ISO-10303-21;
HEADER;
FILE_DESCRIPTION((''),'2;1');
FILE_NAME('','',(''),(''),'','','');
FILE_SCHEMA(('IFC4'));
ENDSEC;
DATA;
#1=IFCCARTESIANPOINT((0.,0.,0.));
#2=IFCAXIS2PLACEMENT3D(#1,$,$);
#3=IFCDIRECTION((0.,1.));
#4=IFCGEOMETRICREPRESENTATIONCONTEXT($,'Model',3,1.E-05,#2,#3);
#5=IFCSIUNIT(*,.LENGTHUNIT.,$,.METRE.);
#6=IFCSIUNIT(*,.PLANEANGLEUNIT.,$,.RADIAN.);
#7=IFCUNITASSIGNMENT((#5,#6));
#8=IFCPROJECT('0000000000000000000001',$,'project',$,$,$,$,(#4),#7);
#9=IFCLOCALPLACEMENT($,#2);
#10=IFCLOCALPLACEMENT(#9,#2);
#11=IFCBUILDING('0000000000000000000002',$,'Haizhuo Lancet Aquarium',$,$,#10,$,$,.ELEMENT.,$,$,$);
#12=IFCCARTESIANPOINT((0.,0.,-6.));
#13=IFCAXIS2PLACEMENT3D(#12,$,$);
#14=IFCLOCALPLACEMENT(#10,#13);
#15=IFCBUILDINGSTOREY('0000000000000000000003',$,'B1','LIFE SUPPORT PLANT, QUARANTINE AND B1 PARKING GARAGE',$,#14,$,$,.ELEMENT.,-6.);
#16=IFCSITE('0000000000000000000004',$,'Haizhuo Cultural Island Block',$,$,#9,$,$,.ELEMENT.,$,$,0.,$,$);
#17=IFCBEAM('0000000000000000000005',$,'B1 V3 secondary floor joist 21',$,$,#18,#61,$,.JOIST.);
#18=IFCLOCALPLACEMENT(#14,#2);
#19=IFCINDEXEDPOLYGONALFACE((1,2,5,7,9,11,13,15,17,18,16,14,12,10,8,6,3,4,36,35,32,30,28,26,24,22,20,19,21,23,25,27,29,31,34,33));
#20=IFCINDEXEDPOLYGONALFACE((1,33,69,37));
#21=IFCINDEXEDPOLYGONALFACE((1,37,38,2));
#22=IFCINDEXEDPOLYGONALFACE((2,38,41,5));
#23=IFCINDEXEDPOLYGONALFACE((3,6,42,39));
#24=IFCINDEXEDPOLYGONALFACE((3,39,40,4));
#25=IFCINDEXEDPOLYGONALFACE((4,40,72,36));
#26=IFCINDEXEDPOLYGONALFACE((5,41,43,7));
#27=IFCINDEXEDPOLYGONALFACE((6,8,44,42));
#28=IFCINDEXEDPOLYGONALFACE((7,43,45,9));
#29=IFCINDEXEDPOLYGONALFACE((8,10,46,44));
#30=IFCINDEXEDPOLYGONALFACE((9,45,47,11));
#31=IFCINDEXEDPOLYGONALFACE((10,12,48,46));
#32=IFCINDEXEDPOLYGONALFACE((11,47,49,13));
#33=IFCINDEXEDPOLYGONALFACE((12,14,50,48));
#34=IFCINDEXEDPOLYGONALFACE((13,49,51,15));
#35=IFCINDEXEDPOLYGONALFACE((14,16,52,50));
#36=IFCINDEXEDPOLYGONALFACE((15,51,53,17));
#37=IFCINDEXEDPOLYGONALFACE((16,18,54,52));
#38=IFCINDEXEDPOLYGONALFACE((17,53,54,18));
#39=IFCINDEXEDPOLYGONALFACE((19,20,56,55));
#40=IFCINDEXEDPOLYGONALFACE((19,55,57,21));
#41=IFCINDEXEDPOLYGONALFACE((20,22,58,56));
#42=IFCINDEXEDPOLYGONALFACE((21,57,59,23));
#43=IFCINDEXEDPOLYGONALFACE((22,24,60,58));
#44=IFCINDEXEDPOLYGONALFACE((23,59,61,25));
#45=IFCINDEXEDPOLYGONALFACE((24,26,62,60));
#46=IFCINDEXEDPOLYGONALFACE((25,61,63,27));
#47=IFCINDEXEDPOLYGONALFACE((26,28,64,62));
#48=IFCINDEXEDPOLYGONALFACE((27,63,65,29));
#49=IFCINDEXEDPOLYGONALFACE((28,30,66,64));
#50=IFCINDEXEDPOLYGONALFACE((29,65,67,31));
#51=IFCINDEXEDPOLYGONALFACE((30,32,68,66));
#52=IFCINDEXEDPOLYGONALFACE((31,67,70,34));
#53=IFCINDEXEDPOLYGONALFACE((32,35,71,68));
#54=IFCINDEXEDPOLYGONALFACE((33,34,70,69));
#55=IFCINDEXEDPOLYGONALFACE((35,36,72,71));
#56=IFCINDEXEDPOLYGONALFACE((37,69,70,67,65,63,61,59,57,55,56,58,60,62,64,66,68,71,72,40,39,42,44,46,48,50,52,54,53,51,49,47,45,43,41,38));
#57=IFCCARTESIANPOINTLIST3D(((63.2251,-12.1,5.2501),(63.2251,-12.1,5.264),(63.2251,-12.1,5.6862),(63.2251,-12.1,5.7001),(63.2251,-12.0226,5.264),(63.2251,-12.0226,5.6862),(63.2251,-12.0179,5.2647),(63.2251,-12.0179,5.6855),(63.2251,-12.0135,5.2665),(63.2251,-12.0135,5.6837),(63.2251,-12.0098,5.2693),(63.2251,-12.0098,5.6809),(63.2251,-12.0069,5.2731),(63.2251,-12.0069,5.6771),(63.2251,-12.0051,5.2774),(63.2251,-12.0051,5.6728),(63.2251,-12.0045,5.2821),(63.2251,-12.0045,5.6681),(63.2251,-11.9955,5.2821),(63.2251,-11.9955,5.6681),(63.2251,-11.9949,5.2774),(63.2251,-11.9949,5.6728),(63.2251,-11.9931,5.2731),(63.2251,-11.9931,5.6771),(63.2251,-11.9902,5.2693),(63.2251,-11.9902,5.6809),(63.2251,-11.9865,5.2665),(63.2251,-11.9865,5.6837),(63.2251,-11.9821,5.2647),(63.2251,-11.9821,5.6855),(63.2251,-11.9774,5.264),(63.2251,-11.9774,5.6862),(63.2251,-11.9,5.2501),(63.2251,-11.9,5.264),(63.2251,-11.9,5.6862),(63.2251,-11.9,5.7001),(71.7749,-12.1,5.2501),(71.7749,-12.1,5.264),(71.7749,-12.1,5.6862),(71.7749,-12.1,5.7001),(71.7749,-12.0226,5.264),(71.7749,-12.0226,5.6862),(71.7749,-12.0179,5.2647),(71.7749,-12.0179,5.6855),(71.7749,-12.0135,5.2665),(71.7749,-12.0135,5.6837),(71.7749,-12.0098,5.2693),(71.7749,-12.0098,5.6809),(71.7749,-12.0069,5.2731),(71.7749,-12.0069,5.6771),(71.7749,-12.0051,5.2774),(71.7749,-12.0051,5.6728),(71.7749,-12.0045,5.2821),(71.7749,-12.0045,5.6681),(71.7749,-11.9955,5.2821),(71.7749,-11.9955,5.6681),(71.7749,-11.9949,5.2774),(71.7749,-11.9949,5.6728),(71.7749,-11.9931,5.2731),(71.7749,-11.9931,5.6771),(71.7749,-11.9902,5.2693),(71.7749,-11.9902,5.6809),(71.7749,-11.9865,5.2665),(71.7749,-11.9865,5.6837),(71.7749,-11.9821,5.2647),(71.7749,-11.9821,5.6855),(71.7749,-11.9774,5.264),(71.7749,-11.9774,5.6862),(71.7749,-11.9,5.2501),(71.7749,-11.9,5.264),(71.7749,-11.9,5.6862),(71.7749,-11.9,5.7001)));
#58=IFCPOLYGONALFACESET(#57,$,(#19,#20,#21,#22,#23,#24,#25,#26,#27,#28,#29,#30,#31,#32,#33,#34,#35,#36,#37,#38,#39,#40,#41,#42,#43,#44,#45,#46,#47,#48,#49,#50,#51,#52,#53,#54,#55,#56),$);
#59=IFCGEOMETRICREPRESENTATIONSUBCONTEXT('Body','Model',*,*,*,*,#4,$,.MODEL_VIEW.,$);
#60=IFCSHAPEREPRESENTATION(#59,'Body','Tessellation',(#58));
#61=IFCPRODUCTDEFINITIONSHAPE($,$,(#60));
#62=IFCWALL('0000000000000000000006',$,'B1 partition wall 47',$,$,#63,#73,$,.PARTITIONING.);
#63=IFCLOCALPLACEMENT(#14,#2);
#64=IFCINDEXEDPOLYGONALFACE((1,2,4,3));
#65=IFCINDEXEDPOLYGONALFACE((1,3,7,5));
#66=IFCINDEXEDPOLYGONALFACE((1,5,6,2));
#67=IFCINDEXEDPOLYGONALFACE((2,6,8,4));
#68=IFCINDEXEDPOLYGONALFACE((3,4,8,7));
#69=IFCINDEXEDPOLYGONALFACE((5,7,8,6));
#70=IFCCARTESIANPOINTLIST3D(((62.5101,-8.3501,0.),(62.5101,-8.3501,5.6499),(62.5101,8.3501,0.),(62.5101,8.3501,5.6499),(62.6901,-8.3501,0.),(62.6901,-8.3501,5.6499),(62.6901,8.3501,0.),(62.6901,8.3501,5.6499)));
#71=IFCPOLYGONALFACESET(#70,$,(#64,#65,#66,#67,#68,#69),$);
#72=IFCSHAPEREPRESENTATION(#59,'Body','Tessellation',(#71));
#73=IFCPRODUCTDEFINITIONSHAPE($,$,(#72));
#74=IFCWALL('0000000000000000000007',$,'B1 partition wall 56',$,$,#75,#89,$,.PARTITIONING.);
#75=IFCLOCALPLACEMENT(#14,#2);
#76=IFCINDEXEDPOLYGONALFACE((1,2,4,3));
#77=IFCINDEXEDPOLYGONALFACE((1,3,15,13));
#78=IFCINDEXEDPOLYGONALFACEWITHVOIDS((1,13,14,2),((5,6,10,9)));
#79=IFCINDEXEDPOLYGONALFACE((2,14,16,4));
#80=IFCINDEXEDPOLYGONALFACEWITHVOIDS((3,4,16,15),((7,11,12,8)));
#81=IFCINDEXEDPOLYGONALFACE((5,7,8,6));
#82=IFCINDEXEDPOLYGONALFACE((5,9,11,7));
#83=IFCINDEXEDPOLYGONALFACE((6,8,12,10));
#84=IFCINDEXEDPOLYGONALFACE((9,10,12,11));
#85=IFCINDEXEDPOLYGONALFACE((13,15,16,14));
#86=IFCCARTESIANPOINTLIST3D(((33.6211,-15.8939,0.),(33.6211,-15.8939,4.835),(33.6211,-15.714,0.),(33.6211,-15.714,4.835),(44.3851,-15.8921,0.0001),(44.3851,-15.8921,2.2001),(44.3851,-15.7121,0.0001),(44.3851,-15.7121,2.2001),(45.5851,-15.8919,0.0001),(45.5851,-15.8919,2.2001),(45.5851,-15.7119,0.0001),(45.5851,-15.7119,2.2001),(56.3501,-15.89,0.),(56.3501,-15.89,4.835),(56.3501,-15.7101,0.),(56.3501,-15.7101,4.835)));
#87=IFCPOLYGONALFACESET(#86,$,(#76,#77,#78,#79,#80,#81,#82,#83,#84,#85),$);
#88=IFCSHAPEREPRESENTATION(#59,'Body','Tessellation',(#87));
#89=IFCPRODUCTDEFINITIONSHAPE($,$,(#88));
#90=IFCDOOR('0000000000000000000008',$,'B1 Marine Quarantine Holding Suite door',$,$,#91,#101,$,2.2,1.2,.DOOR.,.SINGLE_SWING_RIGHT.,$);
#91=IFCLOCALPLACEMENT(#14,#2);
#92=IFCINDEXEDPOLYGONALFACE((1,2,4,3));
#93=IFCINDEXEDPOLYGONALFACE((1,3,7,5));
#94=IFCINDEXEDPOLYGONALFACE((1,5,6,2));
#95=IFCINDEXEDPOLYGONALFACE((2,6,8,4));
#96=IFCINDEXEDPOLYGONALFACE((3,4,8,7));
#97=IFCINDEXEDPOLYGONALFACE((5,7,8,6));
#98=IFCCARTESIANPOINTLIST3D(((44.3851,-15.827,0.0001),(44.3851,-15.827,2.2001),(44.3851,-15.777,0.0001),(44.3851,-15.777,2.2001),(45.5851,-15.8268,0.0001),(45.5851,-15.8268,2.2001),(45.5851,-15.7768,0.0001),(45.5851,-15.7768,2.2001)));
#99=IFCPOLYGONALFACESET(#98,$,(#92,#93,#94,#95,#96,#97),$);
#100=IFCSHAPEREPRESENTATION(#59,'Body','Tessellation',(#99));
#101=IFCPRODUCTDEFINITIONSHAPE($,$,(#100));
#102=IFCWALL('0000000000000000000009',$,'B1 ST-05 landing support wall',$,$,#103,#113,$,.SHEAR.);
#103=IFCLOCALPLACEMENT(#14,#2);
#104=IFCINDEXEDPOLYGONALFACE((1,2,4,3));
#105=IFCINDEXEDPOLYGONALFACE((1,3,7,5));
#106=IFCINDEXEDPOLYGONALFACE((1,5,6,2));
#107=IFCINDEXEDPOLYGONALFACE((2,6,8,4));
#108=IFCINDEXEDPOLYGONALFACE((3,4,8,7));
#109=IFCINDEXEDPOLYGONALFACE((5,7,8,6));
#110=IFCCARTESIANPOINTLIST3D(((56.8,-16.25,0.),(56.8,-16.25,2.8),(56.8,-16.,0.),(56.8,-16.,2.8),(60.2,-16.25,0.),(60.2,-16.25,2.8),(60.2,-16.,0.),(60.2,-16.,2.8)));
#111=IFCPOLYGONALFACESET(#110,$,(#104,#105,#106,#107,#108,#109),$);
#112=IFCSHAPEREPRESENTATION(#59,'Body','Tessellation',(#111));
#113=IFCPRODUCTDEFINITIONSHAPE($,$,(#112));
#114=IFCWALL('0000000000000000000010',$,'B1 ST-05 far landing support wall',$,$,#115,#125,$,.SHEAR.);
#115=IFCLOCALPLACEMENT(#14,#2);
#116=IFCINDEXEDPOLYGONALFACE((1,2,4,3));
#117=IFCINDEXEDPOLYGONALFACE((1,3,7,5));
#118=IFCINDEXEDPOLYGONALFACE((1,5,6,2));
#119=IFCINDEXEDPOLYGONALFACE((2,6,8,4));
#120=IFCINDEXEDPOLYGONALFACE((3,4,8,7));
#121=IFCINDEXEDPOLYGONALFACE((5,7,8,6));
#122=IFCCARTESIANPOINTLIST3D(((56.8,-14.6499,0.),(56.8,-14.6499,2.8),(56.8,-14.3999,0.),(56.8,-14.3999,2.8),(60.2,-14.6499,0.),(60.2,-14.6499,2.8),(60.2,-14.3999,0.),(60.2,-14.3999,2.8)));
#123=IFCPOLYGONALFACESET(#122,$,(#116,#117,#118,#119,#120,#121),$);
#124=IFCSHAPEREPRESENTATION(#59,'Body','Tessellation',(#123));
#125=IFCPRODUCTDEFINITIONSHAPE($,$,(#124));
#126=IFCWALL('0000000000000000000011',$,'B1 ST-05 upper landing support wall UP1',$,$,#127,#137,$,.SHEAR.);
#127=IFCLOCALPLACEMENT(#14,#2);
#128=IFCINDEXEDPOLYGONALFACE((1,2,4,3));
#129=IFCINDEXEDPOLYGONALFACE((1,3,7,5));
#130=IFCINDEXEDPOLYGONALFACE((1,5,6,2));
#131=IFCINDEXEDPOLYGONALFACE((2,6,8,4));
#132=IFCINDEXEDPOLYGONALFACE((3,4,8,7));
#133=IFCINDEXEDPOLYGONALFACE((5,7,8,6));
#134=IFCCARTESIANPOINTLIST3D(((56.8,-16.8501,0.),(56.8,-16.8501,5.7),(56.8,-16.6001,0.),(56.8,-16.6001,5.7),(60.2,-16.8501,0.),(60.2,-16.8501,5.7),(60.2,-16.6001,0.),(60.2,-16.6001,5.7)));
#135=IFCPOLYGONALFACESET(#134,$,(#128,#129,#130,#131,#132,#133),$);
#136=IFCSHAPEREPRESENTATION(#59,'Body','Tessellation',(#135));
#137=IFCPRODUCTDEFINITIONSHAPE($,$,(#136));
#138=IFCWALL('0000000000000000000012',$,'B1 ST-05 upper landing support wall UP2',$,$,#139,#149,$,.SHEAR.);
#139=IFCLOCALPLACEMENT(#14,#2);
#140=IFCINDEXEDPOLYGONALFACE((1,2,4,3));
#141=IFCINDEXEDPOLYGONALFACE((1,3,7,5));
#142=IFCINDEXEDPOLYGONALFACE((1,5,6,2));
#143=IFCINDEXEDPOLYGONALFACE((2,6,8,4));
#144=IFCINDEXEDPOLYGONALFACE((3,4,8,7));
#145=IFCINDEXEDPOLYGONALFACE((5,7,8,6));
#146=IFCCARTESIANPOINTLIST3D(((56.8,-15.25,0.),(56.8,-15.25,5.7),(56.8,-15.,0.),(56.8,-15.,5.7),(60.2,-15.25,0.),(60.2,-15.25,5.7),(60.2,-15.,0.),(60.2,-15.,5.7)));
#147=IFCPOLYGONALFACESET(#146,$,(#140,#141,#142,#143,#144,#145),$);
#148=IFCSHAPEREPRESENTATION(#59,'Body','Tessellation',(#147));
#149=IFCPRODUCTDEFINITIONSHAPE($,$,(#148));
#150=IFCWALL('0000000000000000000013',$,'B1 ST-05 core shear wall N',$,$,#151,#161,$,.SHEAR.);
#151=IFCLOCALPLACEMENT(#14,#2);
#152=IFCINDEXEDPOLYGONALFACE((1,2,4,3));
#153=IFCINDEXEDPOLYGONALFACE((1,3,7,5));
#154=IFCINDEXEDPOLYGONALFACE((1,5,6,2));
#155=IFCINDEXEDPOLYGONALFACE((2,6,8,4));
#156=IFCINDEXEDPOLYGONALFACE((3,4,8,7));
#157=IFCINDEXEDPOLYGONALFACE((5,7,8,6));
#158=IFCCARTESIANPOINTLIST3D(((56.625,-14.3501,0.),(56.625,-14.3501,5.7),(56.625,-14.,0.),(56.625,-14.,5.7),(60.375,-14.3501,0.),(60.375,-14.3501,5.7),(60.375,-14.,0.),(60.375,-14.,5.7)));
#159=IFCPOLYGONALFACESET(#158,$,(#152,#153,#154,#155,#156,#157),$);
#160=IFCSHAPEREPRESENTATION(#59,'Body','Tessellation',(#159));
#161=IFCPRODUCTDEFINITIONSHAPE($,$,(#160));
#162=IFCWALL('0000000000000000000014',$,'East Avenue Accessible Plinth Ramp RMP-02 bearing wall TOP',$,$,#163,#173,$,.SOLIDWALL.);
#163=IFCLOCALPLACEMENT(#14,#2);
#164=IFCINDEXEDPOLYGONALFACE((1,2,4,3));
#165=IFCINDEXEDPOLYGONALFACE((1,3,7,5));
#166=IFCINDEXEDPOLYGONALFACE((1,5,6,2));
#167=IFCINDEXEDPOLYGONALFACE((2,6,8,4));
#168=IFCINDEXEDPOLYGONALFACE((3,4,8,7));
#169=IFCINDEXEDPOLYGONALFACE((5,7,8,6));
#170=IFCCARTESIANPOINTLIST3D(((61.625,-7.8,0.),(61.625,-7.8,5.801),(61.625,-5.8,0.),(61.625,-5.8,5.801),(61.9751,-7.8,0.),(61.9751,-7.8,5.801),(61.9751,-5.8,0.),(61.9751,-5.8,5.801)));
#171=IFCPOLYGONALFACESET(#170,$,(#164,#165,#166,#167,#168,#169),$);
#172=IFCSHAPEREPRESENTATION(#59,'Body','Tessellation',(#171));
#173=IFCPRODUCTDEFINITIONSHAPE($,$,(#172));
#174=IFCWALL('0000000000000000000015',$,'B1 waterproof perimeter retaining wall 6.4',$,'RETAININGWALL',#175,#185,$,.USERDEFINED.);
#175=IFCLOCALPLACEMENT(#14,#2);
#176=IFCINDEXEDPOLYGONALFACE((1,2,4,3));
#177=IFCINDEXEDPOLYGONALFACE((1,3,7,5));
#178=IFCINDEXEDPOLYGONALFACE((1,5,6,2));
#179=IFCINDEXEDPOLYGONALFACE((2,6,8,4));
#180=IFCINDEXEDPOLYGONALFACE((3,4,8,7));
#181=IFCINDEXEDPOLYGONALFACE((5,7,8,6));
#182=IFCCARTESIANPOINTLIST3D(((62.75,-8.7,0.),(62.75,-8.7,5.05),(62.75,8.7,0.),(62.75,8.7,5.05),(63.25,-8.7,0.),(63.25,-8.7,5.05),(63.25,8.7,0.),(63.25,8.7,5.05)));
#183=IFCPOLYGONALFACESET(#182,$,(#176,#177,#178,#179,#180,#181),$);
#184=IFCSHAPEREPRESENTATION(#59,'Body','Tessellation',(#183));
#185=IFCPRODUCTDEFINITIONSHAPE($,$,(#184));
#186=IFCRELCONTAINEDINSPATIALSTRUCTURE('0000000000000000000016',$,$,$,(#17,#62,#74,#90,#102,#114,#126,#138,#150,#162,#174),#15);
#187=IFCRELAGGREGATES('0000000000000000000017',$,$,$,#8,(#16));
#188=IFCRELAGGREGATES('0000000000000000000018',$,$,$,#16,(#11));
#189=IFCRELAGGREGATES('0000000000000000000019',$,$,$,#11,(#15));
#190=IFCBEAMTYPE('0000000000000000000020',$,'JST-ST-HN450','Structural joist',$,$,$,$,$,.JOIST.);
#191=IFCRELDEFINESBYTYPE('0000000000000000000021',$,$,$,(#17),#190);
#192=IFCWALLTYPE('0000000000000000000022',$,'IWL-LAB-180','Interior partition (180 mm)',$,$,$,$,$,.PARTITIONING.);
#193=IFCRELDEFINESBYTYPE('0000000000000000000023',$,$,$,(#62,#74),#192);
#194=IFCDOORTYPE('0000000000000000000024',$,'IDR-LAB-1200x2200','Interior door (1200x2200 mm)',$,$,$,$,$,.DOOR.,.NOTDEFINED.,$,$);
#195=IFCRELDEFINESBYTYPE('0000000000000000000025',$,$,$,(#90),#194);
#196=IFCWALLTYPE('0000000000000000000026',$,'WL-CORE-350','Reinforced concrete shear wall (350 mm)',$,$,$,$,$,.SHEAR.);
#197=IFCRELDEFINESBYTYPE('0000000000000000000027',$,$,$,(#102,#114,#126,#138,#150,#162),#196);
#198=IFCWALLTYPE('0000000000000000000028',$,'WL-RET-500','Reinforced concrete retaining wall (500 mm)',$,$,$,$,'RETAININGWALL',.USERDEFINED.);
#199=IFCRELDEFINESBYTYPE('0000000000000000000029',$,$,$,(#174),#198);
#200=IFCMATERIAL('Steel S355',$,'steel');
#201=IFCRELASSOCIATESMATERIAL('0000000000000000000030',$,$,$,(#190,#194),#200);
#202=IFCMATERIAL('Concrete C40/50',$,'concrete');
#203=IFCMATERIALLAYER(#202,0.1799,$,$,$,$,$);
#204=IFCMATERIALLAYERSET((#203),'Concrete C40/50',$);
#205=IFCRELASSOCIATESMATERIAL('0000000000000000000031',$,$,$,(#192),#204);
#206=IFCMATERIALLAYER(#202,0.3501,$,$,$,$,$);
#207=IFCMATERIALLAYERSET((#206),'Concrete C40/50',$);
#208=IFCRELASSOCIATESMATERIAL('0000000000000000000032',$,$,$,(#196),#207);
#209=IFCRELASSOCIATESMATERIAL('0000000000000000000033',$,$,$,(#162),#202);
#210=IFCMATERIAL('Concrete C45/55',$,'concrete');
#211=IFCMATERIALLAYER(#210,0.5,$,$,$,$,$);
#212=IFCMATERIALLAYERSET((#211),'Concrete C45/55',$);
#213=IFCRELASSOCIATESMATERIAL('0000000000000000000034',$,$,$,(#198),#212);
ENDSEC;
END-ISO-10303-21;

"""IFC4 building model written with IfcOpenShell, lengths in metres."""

from ifc_helpers import new_model, si_unit, direction, frame, frame_2d, origin, origin_2d, place, context, subcontext, project, spatial, rectangle, i_section, extrude, material, layer, layer_set, material_profile, profile_set, type_object, element, fill, save


model = new_model("IFC4")

# Units and contexts
model_context = context("Model", 3, precision=1e-05, world=origin(), true_north=direction((0.0, 1.0)))
body_context = subcontext(model_context, "Body", "Model", "MODEL_VIEW")
ifc_project = project(units=[si_unit("LENGTHUNIT", "METRE"), si_unit("PLANEANGLEUNIT", "RADIAN")], contexts=[model_context])

# Site, building, storey
site_placement = place(None, origin())
site = spatial("IfcSite", under=ifc_project, at=site_placement, Name="Haizhuo Cultural Island Block", CompositionType="ELEMENT", RefElevation=0.0)
building_placement = place(site_placement, origin())
building = spatial("IfcBuilding", under=site, at=building_placement, Name="Haizhuo Lancet Aquarium", CompositionType="ELEMENT")
storey_placement = place(building_placement, frame((0.0, 0.0, -6.0)))
storey = spatial("IfcBuildingStorey", under=building, at=storey_placement, Name="B1", Description="LIFE SUPPORT PLANT, QUARANTINE AND B1 PARKING GARAGE", CompositionType="ELEMENT", Elevation=-6.0)

# Shared definitions
ifc_material_1 = material(Name="Concrete C40/50", Category="concrete")

# Beam
ifc_material_2 = material(Name="Steel S355", Category="steel")
ifc_material_profile_1 = material_profile(ifc_material_2, i_section(OverallWidth=0.2, OverallDepth=0.45, WebThickness=0.009, FlangeThickness=0.0139, FilletRadius=0.0181, at=origin_2d()), Name="HN 450x200x9x14")
ifc_profile_set_1 = profile_set([ifc_material_profile_1], Name="Steel S355")
beam_type_1 = type_object("IfcBeamType", Name="JST-ST-HN450", Description="Structural joist", PredefinedType="JOIST", material=ifc_profile_set_1)
beam_1_placement = place(storey_placement, frame((63.2251, -12.0, 5.4751), z_axis=(1.0, 0.0, 0.0), x_axis=(0.0, 1.0, 0.0)))
element("IfcBeam", 1, at=beam_1_placement, inside=storey, type_object=beam_type_1, Name="B1 V3 secondary floor joist 21", PredefinedType="JOIST", context=body_context, shape_type="SweptSolid", body=[
    extrude(i_section(OverallWidth=0.2, OverallDepth=0.45, WebThickness=0.009, FlangeThickness=0.0139, FilletRadius=0.0181, at=origin_2d()), origin(), (0.0, 0.0, 1.0), 8.5498),
])

# Wall
ifc_layer_1 = layer(ifc_material_1, 0.1799)
ifc_layer_set_1 = layer_set([ifc_layer_1], Name="Concrete C40/50")
wall_type_1 = type_object("IfcWallType", Name="IWL-LAB-180", Description="Interior partition (180 mm)", PredefinedType="PARTITIONING", material=ifc_layer_set_1)
wall_1_placement = place(storey_placement, frame((62.6001, -8.3501, 0.0), z_axis=(0.0, 0.0, 1.0), x_axis=(0.0, 1.0, 0.0)))
element("IfcWall", 2, at=wall_1_placement, inside=storey, type_object=wall_type_1, Name="B1 partition wall 47", PredefinedType="PARTITIONING", context=body_context, shape_type="SweptSolid", body=[
    extrude(rectangle(XDim=16.7002, YDim=0.1799, at=frame_2d((8.3501, 0.0))), origin(), (0.0, 0.0, 1.0), 5.6499),
])

# Wall, opening, door
wall_2_placement = place(storey_placement, frame((56.3501, -15.8, 0.0), z_axis=(0.0, 0.0, 1.0), x_axis=(-1.0, -0.000172, 0.0)))
wall_2 = element("IfcWall", 3, at=wall_2_placement, inside=storey, type_object=wall_type_1, Name="B1 partition wall 56", PredefinedType="PARTITIONING", context=body_context, shape_type="SweptSolid", body=[
    extrude(rectangle(XDim=22.729, YDim=0.1799, at=frame_2d((11.3645, 0.0))), origin(), (0.0, 0.0, 1.0), 4.835),
])
opening_placement = place(wall_2_placement, frame((10.7649, 0.0, 0.0)))
opening = element("IfcOpeningElement", 4, at=opening_placement, cuts=wall_2, PredefinedType="OPENING", context=body_context, shape_type="SweptSolid", body=[
    extrude(rectangle(XDim=1.2, YDim=2.2, at=frame_2d((0.6001, 1.1001))), frame((0.0, 0.0999, 0.0), z_axis=(0.0, -1.0, 0.0), x_axis=(1.0, 0.0, 0.0)), (0.0, 0.0, 1.0), 0.1999),
])
door_type = type_object("IfcDoorType", Name="IDR-LAB-1200x2200", Description="Interior door (1200x2200 mm)", OperationType="NOTDEFINED", PredefinedType="DOOR", material=ifc_material_2)
door_placement = place(opening_placement, origin())
door = element("IfcDoor", 5, at=door_placement, inside=storey, type_object=door_type, Name="B1 Marine Quarantine Holding Suite door", OperationType="SINGLE_SWING_RIGHT", OverallHeight=2.2, OverallWidth=1.2, PredefinedType="DOOR", context=body_context, shape_type="SweptSolid", body=[
    extrude(rectangle(XDim=1.2, YDim=2.2, at=frame_2d((0.6001, 1.1001))), frame((0.0, 0.0249, 0.0), z_axis=(0.0, -1.0, 0.0), x_axis=(1.0, 0.0, 0.0)), (0.0, 0.0, 1.0), 0.05),
])
fill(opening, door)

# Walls
ifc_layer_2 = layer(ifc_material_1, 0.3501)
ifc_layer_set_2 = layer_set([ifc_layer_2], Name="Concrete C40/50")
wall_type_2 = type_object("IfcWallType", Name="WL-CORE-350", Description="Reinforced concrete shear wall (350 mm)", PredefinedType="SHEAR", material=ifc_layer_set_2)
for number, where, z_axis, x_axis, name in (
    (6, (56.8, -16.125, 0.0), (0.0, 0.0, 1.0), (1.0, 0.0, 0.0), "B1 ST-05 landing support wall"),
    (7, (56.8, -14.5249, 0.0), (0.0, 0.0, 1.0), (1.0, 0.0, 0.0), "B1 ST-05 far landing support wall"),
):
    element("IfcWall", number, at=place(storey_placement, frame(where, z_axis=z_axis, x_axis=x_axis)), inside=storey, type_object=wall_type_2, Name=name, PredefinedType="SHEAR", context=body_context, shape_type="SweptSolid", body=[
        extrude(rectangle(XDim=3.3999, YDim=0.25, at=frame_2d((1.7, 0.0))), origin(), (0.0, 0.0, 1.0), 2.8),
    ])
for number, where, z_axis, x_axis, name in (
    (8, (56.8, -16.7251, 0.0), (0.0, 0.0, 1.0), (1.0, 0.0, 0.0), "B1 ST-05 upper landing support wall UP1"),
    (9, (56.8, -15.125, 0.0), (0.0, 0.0, 1.0), (1.0, 0.0, 0.0), "B1 ST-05 upper landing support wall UP2"),
):
    element("IfcWall", number, at=place(storey_placement, frame(where, z_axis=z_axis, x_axis=x_axis)), inside=storey, type_object=wall_type_2, Name=name, PredefinedType="SHEAR", context=body_context, shape_type="SweptSolid", body=[
        extrude(rectangle(XDim=3.3999, YDim=0.25, at=frame_2d((1.7, 0.0))), origin(), (0.0, 0.0, 1.0), 5.7),
    ])
wall_3_placement = place(storey_placement, frame((56.625, -14.175, 0.0), z_axis=(0.0, 0.0, 1.0), x_axis=(1.0, 0.0, 0.0)))
element("IfcWall", 10, at=wall_3_placement, inside=storey, type_object=wall_type_2, Name="B1 ST-05 core shear wall N", PredefinedType="SHEAR", context=body_context, shape_type="SweptSolid", body=[
    extrude(rectangle(XDim=3.75, YDim=0.3501, at=frame_2d((1.875, 0.0))), origin(), (0.0, 0.0, 1.0), 5.7),
])
wall_4_placement = place(storey_placement, frame((61.8, -7.8, 0.0), z_axis=(0.0, 0.0, 1.0), x_axis=(0.0, 1.0, 0.0)))
element("IfcWall", 11, at=wall_4_placement, inside=storey, type_object=wall_type_2, material=ifc_material_1, Name="East Avenue Accessible Plinth Ramp RMP-02 bearing wall TOP", PredefinedType="SOLIDWALL", context=body_context, shape_type="SweptSolid", body=[
    extrude(rectangle(XDim=2.0, YDim=0.3501, at=frame_2d((1.0, 0.0))), origin(), (0.0, 0.0, 1.0), 5.801),
])
ifc_material_3 = material(Name="Concrete C45/55", Category="concrete")
ifc_layer_3 = layer(ifc_material_3, 0.5)
ifc_layer_set_3 = layer_set([ifc_layer_3], Name="Concrete C45/55")
wall_type_3 = type_object("IfcWallType", Name="WL-RET-500", Description="Reinforced concrete retaining wall (500 mm)", ElementType="RETAININGWALL", PredefinedType="USERDEFINED", material=ifc_layer_set_3)
wall_5_placement = place(storey_placement, frame((63.0, -8.7, 0.0), z_axis=(0.0, 0.0, 1.0), x_axis=(0.0, 1.0, 0.0)))
element("IfcWall", 12, at=wall_5_placement, inside=storey, type_object=wall_type_3, Name="B1 waterproof perimeter retaining wall 6.4", ObjectType="RETAININGWALL", PredefinedType="USERDEFINED", context=body_context, shape_type="SweptSolid", body=[
    extrude(rectangle(XDim=17.3999, YDim=0.5, at=frame_2d((8.7, 0.0))), origin(), (0.0, 0.0, 1.0), 5.05),
])

save(model, "model.ifc")
